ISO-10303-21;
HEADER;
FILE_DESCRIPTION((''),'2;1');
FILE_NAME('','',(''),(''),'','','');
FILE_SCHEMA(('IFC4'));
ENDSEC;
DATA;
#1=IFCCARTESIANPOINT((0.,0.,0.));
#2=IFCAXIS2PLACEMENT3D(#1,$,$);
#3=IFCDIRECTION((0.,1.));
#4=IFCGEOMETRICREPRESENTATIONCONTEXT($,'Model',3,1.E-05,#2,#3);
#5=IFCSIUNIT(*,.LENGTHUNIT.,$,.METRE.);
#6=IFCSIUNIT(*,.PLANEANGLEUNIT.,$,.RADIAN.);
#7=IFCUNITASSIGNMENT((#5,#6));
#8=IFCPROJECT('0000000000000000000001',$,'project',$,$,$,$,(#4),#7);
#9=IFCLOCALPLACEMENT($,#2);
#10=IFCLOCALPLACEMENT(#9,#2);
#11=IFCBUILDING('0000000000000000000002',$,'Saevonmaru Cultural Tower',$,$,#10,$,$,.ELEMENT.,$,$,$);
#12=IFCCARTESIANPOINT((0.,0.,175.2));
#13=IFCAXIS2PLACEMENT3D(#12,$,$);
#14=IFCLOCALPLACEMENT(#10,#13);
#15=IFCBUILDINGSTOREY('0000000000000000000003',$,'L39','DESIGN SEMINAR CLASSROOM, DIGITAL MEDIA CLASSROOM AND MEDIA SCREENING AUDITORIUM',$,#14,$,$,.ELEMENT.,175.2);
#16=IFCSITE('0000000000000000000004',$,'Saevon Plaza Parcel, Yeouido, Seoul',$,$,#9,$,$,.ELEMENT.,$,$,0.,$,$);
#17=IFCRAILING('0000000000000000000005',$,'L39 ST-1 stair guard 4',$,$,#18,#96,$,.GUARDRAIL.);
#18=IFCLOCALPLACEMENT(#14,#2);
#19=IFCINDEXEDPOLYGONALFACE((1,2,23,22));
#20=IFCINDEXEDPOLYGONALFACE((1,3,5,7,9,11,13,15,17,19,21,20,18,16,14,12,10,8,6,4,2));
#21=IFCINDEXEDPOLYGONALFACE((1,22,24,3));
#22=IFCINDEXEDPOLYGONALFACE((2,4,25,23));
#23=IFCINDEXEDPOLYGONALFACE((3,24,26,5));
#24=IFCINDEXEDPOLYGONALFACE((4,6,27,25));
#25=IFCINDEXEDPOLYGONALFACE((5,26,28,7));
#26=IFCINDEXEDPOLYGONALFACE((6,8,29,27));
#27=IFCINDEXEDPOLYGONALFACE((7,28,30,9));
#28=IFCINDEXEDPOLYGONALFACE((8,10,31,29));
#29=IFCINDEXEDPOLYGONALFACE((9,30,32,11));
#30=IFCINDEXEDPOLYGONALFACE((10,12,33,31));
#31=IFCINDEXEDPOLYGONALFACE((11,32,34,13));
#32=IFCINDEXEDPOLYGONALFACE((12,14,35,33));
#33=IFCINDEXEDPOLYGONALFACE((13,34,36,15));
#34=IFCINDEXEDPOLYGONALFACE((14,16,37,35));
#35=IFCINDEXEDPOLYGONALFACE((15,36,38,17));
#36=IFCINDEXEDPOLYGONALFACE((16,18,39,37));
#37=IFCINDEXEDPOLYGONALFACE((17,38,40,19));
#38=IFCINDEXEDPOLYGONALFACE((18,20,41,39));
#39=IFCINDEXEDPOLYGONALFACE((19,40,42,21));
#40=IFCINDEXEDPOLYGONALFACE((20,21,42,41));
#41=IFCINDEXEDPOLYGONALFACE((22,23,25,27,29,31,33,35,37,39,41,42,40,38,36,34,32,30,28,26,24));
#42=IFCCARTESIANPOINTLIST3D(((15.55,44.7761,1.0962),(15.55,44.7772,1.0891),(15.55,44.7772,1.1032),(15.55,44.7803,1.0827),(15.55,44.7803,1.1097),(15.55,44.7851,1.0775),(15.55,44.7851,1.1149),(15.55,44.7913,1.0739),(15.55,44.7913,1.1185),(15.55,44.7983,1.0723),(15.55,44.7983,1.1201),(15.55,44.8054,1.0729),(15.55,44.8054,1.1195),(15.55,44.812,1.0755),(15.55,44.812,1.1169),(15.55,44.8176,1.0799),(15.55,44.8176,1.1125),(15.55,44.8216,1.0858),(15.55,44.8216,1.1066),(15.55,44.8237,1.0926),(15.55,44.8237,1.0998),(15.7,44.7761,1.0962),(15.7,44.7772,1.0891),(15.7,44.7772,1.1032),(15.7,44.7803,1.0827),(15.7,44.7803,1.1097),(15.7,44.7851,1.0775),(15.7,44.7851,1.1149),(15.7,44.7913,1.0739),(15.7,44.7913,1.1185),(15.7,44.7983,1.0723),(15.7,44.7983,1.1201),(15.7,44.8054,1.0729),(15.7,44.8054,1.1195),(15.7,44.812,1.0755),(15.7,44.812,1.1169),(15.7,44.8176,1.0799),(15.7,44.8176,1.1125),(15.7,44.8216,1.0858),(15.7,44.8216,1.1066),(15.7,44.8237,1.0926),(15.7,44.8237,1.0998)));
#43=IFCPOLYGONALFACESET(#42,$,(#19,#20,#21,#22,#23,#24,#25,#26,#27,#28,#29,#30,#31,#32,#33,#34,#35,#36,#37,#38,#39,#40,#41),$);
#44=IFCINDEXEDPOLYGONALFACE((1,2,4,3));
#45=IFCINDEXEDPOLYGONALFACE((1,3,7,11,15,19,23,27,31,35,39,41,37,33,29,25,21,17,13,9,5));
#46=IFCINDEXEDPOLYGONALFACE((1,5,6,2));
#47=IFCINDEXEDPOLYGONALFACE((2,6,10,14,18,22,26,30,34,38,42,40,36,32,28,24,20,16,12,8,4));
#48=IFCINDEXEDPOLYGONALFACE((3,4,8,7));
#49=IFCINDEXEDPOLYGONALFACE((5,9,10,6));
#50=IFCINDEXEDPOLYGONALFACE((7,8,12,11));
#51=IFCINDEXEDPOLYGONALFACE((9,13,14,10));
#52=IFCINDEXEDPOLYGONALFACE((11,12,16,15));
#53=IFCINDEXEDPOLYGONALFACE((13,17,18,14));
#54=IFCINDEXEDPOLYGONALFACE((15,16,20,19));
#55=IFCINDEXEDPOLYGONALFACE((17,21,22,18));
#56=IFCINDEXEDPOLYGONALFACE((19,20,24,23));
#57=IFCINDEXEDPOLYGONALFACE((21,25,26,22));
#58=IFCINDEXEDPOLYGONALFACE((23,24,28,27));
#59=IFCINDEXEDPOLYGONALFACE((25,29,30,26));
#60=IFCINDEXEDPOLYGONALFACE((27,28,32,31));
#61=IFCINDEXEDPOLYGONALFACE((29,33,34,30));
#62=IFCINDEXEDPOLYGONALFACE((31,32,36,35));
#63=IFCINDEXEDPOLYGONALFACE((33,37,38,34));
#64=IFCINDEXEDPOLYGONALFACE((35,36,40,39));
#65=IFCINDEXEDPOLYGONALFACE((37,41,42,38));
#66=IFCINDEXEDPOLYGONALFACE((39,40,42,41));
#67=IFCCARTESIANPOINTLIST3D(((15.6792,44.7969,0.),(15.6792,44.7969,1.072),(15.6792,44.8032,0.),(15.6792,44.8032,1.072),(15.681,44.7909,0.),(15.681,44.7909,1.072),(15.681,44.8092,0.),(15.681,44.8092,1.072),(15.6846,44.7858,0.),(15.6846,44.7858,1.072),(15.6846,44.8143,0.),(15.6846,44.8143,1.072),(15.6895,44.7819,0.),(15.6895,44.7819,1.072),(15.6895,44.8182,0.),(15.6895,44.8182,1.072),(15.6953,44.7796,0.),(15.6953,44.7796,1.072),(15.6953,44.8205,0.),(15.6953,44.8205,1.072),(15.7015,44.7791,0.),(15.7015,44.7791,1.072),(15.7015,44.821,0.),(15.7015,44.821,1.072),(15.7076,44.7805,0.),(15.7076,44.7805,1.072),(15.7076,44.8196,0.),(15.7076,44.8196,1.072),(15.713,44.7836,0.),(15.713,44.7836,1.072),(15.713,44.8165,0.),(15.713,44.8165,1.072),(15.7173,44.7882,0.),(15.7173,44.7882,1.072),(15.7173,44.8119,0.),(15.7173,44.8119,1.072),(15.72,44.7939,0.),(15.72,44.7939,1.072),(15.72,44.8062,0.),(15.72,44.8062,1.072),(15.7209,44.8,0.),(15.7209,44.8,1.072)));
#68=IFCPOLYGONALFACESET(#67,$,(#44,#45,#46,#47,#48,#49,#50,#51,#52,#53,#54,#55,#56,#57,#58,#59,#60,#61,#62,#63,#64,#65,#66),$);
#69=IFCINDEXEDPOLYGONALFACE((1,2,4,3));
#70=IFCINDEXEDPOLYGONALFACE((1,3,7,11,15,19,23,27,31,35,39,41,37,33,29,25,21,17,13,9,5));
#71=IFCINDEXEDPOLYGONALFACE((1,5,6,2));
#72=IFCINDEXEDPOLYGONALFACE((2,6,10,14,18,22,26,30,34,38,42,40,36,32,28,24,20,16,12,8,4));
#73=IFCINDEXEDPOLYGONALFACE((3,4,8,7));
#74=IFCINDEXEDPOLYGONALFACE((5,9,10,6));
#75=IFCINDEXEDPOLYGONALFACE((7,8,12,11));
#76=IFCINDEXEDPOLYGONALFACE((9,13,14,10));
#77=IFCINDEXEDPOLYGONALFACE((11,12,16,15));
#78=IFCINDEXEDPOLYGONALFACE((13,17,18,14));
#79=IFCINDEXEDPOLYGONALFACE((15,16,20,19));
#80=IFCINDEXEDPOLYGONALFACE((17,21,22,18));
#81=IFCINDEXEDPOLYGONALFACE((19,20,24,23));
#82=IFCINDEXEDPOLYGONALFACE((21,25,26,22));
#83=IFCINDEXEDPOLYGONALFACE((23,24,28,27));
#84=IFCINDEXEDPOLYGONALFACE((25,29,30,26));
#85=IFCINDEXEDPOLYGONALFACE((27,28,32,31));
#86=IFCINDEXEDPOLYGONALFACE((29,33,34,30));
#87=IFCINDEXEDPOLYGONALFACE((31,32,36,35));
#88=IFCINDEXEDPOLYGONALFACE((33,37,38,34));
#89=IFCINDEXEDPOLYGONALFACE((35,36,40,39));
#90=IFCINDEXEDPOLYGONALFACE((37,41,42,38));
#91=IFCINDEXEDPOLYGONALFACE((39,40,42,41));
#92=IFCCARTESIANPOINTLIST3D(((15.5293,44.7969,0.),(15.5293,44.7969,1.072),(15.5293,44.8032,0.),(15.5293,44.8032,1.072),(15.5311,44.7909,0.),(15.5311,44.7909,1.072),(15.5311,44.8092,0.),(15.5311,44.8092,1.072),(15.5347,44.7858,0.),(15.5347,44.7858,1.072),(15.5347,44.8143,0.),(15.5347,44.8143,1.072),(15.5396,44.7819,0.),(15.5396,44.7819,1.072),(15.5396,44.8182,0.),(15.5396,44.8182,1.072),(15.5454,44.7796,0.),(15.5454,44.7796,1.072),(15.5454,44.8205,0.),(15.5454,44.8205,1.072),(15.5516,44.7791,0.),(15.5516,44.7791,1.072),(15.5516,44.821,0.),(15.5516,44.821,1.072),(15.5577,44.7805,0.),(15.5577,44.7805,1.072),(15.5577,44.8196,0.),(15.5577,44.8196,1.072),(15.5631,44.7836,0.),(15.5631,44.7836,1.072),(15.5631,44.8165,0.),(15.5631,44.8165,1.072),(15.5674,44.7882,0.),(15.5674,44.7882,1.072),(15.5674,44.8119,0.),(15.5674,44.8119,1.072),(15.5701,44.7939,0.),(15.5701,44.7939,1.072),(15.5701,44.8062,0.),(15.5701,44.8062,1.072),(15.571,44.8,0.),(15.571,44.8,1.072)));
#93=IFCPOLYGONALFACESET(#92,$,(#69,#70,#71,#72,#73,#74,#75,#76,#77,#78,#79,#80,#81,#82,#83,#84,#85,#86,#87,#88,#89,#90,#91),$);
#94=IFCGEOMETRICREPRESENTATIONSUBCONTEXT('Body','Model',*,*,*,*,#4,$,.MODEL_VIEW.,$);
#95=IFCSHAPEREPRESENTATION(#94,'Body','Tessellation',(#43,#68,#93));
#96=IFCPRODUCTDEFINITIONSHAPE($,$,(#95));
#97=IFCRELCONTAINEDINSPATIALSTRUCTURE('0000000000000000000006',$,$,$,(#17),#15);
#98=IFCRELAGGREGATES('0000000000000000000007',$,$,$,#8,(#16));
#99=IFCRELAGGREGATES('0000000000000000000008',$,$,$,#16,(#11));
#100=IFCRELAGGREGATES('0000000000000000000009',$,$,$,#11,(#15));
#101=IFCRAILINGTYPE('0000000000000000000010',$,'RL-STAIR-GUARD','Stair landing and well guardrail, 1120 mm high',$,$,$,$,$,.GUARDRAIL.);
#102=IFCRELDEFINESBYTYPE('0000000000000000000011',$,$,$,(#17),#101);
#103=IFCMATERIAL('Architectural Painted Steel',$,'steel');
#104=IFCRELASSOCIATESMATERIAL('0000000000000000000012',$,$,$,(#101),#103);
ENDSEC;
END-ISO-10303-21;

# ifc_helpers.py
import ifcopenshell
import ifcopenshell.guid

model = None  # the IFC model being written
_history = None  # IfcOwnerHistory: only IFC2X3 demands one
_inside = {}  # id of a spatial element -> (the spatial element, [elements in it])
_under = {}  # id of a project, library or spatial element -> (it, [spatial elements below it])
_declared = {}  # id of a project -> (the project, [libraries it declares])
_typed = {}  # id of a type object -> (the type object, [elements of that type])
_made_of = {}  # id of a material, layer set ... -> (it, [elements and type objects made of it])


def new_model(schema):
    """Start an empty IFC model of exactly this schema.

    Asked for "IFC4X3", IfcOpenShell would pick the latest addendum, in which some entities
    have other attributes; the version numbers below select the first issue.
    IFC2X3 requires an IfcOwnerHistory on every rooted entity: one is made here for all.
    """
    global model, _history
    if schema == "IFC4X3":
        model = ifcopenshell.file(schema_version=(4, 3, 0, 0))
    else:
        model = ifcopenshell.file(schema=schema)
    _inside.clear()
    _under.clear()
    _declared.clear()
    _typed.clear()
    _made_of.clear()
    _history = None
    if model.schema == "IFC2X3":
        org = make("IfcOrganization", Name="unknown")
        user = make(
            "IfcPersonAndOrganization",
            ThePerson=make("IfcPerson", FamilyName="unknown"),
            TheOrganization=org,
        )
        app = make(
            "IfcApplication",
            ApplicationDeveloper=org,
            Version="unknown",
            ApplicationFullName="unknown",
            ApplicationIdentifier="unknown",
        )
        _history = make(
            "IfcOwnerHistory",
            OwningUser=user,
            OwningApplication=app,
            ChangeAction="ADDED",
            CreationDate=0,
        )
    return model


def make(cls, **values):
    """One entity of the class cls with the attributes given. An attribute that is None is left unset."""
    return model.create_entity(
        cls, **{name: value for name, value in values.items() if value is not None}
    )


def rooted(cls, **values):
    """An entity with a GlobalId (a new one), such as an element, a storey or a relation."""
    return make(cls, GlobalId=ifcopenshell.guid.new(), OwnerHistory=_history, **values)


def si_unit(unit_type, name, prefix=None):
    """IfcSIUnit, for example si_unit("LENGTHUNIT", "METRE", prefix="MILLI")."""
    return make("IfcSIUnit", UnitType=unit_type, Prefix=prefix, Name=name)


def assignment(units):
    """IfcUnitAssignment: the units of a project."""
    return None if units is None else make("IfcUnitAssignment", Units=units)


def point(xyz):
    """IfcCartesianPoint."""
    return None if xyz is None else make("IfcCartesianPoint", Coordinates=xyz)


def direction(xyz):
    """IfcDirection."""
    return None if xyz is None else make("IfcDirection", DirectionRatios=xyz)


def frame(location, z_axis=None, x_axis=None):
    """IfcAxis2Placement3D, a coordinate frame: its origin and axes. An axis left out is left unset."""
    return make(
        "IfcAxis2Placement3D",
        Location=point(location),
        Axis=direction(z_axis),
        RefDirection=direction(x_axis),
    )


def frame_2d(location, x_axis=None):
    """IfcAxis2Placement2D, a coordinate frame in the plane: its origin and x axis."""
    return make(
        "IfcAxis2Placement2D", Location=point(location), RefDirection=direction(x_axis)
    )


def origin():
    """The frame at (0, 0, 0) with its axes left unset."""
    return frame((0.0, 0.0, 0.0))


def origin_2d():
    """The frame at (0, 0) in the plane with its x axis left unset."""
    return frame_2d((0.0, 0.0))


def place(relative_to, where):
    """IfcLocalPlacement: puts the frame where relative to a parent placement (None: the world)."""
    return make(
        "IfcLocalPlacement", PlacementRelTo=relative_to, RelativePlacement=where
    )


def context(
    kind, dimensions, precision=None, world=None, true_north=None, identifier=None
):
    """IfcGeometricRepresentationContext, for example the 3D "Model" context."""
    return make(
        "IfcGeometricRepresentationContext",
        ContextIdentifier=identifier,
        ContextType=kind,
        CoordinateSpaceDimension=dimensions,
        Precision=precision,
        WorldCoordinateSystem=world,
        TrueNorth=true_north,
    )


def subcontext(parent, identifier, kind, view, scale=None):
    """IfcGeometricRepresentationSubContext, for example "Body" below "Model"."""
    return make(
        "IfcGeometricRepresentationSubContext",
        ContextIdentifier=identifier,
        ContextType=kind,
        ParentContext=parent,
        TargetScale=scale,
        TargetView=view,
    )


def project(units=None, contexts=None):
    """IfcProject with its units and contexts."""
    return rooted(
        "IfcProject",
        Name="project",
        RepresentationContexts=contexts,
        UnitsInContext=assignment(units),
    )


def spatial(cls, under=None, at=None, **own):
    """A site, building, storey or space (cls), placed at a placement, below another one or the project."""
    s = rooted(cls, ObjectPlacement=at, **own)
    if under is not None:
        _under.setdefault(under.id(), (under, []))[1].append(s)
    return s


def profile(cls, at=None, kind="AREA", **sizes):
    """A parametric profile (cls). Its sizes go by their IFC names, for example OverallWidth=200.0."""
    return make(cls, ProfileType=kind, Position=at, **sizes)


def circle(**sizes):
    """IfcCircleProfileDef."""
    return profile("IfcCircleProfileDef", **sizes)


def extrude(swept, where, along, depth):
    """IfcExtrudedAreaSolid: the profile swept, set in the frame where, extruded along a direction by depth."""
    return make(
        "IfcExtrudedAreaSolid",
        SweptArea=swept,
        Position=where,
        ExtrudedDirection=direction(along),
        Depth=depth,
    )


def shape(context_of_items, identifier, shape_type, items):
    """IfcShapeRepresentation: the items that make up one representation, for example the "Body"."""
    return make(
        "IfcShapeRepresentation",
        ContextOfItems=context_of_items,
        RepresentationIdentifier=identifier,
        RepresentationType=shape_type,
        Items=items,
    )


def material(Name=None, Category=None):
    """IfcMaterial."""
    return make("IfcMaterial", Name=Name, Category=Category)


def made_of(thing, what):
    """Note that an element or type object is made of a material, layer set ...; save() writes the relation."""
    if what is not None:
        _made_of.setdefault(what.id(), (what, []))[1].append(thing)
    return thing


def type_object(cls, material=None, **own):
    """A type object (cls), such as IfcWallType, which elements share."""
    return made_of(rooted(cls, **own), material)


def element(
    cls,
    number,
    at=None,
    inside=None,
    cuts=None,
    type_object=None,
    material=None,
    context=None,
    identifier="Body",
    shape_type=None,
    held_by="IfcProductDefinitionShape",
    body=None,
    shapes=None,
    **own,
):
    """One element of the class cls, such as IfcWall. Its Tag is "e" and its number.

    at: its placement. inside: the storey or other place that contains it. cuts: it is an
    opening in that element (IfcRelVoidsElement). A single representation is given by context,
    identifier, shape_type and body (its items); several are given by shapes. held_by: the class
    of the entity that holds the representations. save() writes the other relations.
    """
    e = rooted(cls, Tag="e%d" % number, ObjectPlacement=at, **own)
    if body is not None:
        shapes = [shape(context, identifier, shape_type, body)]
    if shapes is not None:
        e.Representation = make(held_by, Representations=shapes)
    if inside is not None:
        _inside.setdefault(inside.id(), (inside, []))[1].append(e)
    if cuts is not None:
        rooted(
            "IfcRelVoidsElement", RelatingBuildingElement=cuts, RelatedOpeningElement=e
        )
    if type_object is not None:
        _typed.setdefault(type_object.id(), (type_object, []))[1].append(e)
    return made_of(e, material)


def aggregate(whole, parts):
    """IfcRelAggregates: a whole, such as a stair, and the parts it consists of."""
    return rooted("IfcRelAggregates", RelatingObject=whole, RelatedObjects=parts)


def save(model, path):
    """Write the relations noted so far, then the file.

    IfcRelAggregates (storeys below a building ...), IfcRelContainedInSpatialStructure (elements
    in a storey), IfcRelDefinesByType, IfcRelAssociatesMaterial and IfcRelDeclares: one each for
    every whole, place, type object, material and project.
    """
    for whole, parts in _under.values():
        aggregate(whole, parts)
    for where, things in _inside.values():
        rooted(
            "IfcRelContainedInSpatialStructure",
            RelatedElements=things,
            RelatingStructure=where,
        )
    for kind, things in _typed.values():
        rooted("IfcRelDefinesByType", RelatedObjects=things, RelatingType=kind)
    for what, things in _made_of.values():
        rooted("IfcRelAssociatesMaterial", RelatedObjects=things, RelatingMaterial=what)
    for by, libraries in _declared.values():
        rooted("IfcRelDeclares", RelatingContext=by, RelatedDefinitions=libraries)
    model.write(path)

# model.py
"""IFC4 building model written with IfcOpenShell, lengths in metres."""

from ifc_helpers import new_model, si_unit, direction, frame, origin, origin_2d, place, context, subcontext, project, spatial, circle, extrude, material, type_object, element, save


model = new_model("IFC4")

# Units and contexts
model_context = context("Model", 3, precision=1e-05, world=origin(), true_north=direction((0.0, 1.0)))
body_context = subcontext(model_context, "Body", "Model", "MODEL_VIEW")
ifc_project = project(units=[si_unit("LENGTHUNIT", "METRE"), si_unit("PLANEANGLEUNIT", "RADIAN")], contexts=[model_context])

# Site, building, storey
site_placement = place(None, origin())
site = spatial("IfcSite", under=ifc_project, at=site_placement, Name="Saevon Plaza Parcel, Yeouido, Seoul", CompositionType="ELEMENT", RefElevation=0.0)
building_placement = place(site_placement, origin())
building = spatial("IfcBuilding", under=site, at=building_placement, Name="Saevonmaru Cultural Tower", CompositionType="ELEMENT")
storey_placement = place(building_placement, frame((0.0, 0.0, 175.2)))
storey = spatial("IfcBuildingStorey", under=building, at=storey_placement, Name="L39", Description="DESIGN SEMINAR CLASSROOM, DIGITAL MEDIA CLASSROOM AND MEDIA SCREENING AUDITORIUM", CompositionType="ELEMENT", Elevation=175.2)

# Railing
ifc_material_1 = material(Name="Architectural Painted Steel", Category="steel")
railing_type_1 = type_object("IfcRailingType", Name="RL-STAIR-GUARD", Description="Stair landing and well guardrail, 1120 mm high", PredefinedType="GUARDRAIL", material=ifc_material_1)
railing_1_placement = place(storey_placement, frame((15.7, 44.8, 0.0)))
element("IfcRailing", 1, at=railing_1_placement, inside=storey, type_object=railing_type_1, Name="L39 ST-1 stair guard 4", PredefinedType="GUARDRAIL", context=body_context, shape_type="SweptSolid", body=[
    extrude(circle(Radius=0.0239, at=origin_2d()), frame((0.0, 0.0, 1.0962), z_axis=(-1.0, 0.0, 0.0), x_axis=(0.0, -1.0, 0.0)), (0.0, 0.0, 1.0), 0.1499),
    extrude(circle(Radius=0.021, at=origin_2d()), origin(), (0.0, 0.0, 1.0), 1.072),
    extrude(circle(Radius=0.021, at=origin_2d()), frame((-0.1499, 0.0, 0.0)), (0.0, 0.0, 1.0), 1.072),
])

save(model, "model.ifc")
